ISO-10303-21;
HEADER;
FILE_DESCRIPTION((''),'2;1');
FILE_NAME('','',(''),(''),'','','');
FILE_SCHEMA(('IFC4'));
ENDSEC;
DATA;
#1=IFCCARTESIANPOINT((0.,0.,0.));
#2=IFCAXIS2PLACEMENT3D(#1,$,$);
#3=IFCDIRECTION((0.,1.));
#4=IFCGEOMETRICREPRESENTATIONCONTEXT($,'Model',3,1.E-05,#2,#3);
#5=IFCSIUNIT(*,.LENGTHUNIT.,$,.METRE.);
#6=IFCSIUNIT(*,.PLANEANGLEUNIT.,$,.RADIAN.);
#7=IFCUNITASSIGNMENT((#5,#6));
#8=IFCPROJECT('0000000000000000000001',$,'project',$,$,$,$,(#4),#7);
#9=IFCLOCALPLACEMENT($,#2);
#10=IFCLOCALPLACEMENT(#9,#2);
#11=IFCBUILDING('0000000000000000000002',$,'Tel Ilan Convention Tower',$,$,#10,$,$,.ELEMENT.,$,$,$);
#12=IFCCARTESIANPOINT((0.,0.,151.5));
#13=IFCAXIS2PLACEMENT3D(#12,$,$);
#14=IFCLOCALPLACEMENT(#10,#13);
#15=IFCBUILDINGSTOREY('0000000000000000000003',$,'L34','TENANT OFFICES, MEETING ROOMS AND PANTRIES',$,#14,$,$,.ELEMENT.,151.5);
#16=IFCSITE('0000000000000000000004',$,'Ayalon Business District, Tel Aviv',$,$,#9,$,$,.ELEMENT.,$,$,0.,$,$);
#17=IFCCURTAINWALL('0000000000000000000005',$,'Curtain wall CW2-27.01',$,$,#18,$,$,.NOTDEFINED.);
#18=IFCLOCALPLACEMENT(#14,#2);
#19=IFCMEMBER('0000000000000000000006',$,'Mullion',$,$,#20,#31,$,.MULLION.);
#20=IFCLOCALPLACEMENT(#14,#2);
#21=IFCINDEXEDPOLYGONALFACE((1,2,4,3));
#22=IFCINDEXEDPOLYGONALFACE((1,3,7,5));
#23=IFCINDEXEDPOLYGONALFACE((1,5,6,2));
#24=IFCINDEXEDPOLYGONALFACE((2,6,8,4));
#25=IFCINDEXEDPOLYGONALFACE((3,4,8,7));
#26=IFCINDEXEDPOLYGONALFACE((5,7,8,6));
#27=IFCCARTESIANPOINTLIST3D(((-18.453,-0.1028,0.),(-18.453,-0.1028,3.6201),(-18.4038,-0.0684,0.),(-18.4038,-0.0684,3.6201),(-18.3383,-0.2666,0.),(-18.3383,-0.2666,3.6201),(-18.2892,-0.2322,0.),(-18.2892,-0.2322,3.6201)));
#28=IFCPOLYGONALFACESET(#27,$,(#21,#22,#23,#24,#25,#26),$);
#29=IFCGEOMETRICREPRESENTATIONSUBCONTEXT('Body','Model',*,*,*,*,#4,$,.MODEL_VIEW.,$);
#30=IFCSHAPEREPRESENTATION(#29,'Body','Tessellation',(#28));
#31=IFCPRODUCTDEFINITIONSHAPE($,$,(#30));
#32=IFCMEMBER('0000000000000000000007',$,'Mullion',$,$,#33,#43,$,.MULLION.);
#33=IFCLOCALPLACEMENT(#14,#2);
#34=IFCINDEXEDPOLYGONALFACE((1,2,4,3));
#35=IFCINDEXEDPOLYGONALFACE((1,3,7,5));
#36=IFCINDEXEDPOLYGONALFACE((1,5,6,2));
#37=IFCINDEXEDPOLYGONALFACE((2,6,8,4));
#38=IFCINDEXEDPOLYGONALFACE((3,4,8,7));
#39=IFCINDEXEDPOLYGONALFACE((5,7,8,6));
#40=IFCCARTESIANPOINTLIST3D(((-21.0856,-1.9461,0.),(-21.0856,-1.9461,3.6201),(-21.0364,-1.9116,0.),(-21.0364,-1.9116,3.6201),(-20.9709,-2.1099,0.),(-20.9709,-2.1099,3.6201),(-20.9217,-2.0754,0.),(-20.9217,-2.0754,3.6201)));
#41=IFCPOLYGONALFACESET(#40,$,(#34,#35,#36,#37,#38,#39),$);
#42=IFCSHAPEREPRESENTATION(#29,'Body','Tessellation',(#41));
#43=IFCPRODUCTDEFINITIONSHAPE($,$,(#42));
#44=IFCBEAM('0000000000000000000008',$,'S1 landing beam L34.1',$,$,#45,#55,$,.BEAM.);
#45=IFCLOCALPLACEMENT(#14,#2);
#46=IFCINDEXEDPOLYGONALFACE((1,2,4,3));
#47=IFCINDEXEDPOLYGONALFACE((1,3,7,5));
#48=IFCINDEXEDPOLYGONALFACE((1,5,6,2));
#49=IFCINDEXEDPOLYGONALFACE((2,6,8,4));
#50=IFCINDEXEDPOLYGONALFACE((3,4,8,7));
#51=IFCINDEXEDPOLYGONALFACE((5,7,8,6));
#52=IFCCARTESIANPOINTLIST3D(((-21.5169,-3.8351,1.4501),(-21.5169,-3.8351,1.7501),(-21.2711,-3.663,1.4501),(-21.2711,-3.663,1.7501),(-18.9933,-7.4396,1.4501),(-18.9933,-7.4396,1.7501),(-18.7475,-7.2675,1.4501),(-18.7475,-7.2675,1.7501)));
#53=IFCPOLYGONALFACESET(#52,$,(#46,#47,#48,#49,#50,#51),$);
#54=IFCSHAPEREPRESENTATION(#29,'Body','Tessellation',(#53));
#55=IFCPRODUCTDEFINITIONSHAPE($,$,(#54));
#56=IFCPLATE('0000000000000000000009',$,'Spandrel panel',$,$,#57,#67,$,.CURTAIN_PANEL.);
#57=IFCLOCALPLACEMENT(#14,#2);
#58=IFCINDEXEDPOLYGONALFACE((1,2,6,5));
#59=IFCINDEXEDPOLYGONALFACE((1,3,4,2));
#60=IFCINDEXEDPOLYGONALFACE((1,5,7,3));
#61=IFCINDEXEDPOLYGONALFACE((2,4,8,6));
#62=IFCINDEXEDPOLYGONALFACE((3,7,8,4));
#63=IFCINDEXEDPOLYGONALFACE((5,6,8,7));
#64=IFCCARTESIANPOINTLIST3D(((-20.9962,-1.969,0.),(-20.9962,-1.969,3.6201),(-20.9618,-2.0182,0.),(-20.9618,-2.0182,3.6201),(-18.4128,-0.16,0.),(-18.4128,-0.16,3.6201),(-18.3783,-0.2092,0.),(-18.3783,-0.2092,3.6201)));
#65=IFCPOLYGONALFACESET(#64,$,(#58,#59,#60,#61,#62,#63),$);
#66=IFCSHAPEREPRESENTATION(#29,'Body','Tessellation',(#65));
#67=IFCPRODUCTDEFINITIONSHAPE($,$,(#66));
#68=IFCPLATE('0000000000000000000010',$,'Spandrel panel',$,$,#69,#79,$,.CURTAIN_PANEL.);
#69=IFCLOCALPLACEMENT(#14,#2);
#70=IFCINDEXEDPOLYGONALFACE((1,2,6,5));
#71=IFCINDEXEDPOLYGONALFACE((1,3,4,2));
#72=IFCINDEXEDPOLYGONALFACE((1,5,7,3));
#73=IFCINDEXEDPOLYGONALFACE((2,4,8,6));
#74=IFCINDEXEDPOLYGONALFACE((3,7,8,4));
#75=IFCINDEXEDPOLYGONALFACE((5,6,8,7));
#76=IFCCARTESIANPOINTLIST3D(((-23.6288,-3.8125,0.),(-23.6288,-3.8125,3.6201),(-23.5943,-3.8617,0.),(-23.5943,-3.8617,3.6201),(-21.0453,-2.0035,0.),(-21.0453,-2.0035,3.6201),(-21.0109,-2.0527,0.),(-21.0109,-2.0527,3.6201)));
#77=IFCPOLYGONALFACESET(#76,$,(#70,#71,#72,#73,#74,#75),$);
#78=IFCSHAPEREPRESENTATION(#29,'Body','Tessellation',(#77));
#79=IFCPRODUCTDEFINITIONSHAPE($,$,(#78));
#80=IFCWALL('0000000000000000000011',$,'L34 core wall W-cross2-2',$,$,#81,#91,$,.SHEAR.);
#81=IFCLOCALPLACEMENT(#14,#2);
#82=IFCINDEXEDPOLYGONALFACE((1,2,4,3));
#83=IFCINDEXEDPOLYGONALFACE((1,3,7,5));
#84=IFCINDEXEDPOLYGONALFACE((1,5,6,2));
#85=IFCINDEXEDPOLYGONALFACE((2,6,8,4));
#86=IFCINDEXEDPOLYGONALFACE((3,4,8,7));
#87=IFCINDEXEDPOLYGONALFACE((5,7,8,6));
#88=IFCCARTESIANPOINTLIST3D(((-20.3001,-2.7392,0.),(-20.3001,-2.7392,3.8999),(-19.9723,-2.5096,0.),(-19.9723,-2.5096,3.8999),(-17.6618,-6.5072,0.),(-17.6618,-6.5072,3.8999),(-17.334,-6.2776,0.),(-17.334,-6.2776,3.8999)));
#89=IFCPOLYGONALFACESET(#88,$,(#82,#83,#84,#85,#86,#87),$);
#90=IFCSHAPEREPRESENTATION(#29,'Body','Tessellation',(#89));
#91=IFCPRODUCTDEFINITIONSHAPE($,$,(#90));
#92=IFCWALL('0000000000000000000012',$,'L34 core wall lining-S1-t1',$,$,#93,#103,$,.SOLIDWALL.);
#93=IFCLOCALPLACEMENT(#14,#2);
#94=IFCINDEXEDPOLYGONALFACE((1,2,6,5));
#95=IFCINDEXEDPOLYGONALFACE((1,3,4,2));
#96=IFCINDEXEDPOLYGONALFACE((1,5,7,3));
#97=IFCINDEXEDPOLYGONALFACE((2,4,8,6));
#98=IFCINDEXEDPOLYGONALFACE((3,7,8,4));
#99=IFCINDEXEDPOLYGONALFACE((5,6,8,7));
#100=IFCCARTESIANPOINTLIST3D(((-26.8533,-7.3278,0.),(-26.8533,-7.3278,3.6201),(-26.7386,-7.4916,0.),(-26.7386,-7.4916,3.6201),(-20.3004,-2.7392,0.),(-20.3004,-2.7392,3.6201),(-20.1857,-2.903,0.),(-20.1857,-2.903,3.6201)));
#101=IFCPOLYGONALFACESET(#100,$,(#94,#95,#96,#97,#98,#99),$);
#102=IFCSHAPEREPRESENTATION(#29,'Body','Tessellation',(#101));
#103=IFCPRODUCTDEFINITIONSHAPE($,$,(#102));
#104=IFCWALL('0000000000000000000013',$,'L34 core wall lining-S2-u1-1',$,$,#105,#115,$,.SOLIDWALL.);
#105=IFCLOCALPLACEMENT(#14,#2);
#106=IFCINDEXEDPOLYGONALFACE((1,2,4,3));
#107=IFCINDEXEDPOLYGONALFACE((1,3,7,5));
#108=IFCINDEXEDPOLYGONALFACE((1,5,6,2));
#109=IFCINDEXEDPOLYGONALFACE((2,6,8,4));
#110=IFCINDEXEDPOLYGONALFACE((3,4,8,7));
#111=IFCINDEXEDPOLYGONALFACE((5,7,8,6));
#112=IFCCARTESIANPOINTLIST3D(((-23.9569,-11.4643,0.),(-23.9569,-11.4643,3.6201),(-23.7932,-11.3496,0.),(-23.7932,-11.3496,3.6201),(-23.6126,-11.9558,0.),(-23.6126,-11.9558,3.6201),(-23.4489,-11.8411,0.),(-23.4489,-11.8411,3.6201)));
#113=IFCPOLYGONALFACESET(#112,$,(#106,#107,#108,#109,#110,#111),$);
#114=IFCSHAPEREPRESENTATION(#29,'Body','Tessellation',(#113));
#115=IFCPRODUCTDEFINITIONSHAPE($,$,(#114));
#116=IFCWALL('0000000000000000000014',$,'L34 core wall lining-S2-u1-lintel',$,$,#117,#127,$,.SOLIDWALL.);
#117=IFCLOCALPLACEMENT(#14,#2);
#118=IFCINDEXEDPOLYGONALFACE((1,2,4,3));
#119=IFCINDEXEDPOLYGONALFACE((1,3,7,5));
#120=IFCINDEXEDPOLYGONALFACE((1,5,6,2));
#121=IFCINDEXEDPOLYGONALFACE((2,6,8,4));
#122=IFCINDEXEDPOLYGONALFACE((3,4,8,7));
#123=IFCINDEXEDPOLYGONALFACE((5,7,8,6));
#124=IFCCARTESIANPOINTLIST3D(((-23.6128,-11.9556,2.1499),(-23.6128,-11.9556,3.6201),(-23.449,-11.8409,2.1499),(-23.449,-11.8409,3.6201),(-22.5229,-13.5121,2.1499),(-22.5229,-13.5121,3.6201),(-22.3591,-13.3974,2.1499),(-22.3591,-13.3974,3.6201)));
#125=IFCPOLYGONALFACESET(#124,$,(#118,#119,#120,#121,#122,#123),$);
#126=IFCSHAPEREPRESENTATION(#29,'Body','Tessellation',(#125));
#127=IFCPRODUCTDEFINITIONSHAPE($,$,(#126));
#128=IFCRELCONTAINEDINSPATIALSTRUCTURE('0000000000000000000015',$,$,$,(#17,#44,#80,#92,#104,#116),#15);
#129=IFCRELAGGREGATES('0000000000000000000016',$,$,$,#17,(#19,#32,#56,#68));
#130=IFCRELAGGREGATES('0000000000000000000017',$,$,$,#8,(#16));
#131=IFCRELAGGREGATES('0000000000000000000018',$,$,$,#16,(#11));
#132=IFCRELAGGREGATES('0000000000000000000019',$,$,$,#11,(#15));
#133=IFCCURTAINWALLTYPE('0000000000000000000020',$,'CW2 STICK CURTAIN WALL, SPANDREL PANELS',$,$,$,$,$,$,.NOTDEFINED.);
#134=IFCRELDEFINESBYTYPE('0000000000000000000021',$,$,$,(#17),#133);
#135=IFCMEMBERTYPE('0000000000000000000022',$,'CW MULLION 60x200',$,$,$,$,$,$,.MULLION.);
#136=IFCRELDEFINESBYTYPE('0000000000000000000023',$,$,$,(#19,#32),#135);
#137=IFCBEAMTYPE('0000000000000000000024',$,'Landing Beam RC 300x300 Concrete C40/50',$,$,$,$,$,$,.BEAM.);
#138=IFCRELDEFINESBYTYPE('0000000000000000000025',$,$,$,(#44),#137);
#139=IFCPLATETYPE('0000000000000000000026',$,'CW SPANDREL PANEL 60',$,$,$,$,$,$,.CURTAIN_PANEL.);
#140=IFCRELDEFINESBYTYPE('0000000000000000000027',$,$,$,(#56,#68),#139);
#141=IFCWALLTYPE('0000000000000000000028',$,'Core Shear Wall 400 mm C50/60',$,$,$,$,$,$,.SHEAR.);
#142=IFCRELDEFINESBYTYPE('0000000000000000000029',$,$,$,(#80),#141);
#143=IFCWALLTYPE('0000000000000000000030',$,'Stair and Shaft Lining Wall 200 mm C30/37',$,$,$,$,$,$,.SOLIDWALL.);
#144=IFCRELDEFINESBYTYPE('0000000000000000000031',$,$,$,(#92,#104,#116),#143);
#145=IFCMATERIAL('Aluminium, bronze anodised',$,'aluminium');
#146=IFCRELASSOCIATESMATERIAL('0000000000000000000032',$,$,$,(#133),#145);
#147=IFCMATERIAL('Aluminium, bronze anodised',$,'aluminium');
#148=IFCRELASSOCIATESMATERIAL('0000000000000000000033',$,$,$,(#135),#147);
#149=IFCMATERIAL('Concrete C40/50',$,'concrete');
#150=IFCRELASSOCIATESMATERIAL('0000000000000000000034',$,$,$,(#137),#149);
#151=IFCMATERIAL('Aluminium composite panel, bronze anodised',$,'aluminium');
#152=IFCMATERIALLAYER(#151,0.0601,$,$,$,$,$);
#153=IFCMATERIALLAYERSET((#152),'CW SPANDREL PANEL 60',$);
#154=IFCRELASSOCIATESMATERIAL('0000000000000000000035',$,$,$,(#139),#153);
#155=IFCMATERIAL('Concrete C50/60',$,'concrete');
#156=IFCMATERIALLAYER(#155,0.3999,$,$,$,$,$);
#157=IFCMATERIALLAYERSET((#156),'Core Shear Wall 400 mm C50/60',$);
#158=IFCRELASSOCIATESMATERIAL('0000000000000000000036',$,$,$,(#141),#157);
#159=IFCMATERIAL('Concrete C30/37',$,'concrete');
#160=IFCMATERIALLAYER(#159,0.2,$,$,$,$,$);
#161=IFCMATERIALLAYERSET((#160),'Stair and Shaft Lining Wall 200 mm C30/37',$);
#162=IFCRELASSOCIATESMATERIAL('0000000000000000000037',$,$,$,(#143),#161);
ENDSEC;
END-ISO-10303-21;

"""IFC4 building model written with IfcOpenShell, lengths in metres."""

from ifc_helpers import new_model, si_unit, direction, frame, frame_2d, origin, origin_2d, place, context, subcontext, project, spatial, polyline, rectangle, outline, extrude, material, layer, layer_set, material_profile, profile_set, type_object, element, aggregate, save


model = new_model("IFC4")

# Units and contexts
model_context = context("Model", 3, precision=1e-05, world=origin(), true_north=direction((0.0, 1.0)))
body_context = subcontext(model_context, "Body", "Model", "MODEL_VIEW")
ifc_project = project(units=[si_unit("LENGTHUNIT", "METRE"), si_unit("PLANEANGLEUNIT", "RADIAN")], contexts=[model_context])

# Site, building, storey
site_placement = place(None, origin())
site = spatial("IfcSite", under=ifc_project, at=site_placement, Name="Ayalon Business District, Tel Aviv", CompositionType="ELEMENT", RefElevation=0.0)
building_placement = place(site_placement, origin())
building = spatial("IfcBuilding", under=site, at=building_placement, Name="Tel Ilan Convention Tower", CompositionType="ELEMENT")
storey_placement = place(building_placement, frame((0.0, 0.0, 151.5)))
storey = spatial("IfcBuildingStorey", under=building, at=storey_placement, Name="L34", Description="TENANT OFFICES, MEETING ROOMS AND PANTRIES", CompositionType="ELEMENT", Elevation=151.5)

# Curtain wall, members
ifc_material_1 = material(Name="Aluminium, bronze anodised", Category="aluminium")
curtain_wall_type = type_object("IfcCurtainWallType", Name="CW2 STICK CURTAIN WALL, SPANDREL PANELS", PredefinedType="NOTDEFINED", material=ifc_material_1)
curtain_wall_placement = place(storey_placement, origin())
curtain_wall = element("IfcCurtainWall", 1, at=curtain_wall_placement, inside=storey, type_object=curtain_wall_type, Name="Curtain wall CW2-27.01", PredefinedType="NOTDEFINED")
ifc_material_2 = material(Name="Aluminium, bronze anodised", Category="aluminium")
ifc_material_profile_1 = material_profile(ifc_material_2, rectangle(XDim=0.0601, YDim=0.2, at=origin_2d()), Name="CW MULLION 60x200")
ifc_profile_set_1 = profile_set([ifc_material_profile_1], Name="Aluminium, bronze anodised")
member_type = type_object("IfcMemberType", Name="CW MULLION 60x200", PredefinedType="MULLION", material=ifc_profile_set_1)
member_1_placement = place(storey_placement, frame((-18.3711, -0.1675, 0.0), z_axis=(0.0, 0.0, 1.0), x_axis=(-0.819152, -0.573576, 0.0)))
member_1 = element("IfcMember", 2, at=member_1_placement, type_object=member_type, Name="Mullion", PredefinedType="MULLION", context=body_context, shape_type="SweptSolid", body=[
    extrude(rectangle(XDim=0.0601, YDim=0.2, at=origin_2d()), origin(), (0.0, 0.0, 1.0), 3.6201),
])
member_2_placement = place(storey_placement, frame((-21.0037, -2.0107, 0.0), z_axis=(0.0, 0.0, 1.0), x_axis=(-0.819152, -0.573576, 0.0)))
member_2 = element("IfcMember", 3, at=member_2_placement, type_object=member_type, Name="Mullion", PredefinedType="MULLION", context=body_context, shape_type="SweptSolid", body=[
    extrude(rectangle(XDim=0.0601, YDim=0.2, at=origin_2d()), origin(), (0.0, 0.0, 1.0), 3.6201),
])

# Beam
ifc_material_3 = material(Name="Concrete C40/50", Category="concrete")
ifc_material_profile_2 = material_profile(ifc_material_3, rectangle(XDim=0.3, YDim=0.3, at=origin_2d()), Name="RC 300x300")
ifc_profile_set_2 = profile_set([ifc_material_profile_2], Name="Concrete C40/50")
beam_type = type_object("IfcBeamType", Name="Landing Beam RC 300x300 Concrete C40/50", PredefinedType="BEAM", material=ifc_profile_set_2)
beam_placement = place(storey_placement, frame((-18.8704, -7.3535, 1.6001), z_axis=(-0.573544, 0.819175, 0.0), x_axis=(-0.819175, -0.573544, 0.0)))
element("IfcBeam", 4, at=beam_placement, inside=storey, type_object=beam_type, Name="S1 landing beam L34.1", PredefinedType="BEAM", context=body_context, shape_type="SweptSolid", body=[
    extrude(rectangle(XDim=0.3, YDim=0.3, at=origin_2d()), origin(), (0.0, 0.0, 1.0), 4.4001),
])

# Plates
ifc_material_4 = material(Name="Aluminium composite panel, bronze anodised", Category="aluminium")
ifc_layer_1 = layer(ifc_material_4, 0.0601)
ifc_layer_set_1 = layer_set([ifc_layer_1], Name="CW SPANDREL PANEL 60")
plate_type = type_object("IfcPlateType", Name="CW SPANDREL PANEL 60", PredefinedType="CURTAIN_PANEL", material=ifc_layer_set_1)
plate_1_placement = place(storey_placement, frame((-19.6873, -1.0891, 0.0), z_axis=(0.0, 0.0, 1.0), x_axis=(-0.819152, -0.573576, 0.0)))
plate_1 = element("IfcPlate", 5, at=plate_1_placement, type_object=plate_type, Name="Spandrel panel", PredefinedType="CURTAIN_PANEL", context=body_context, shape_type="SweptSolid", body=[
    extrude(rectangle(XDim=3.1538, YDim=0.0601, at=origin_2d()), origin(), (0.0, 0.0, 1.0), 3.6201),
])
plate_2_placement = place(storey_placement, frame((-22.3198, -2.9326, 0.0), z_axis=(0.0, 0.0, 1.0), x_axis=(-0.819152, -0.573576, 0.0)))
plate_2 = element("IfcPlate", 6, at=plate_2_placement, type_object=plate_type, Name="Spandrel panel", PredefinedType="CURTAIN_PANEL", context=body_context, shape_type="SweptSolid", body=[
    extrude(rectangle(XDim=3.1538, YDim=0.0601, at=origin_2d()), origin(), (0.0, 0.0, 1.0), 3.6201),
])
aggregate(curtain_wall, [member_1, member_2, plate_1, plate_2])

# Walls
ifc_material_5 = material(Name="Concrete C50/60", Category="concrete")
ifc_layer_2 = layer(ifc_material_5, 0.3999)
ifc_layer_set_2 = layer_set([ifc_layer_2], Name="Core Shear Wall 400 mm C50/60")
wall_type_1 = type_object("IfcWallType", Name="Core Shear Wall 400 mm C50/60", PredefinedType="SHEAR", material=ifc_layer_set_2)
wall_1_placement = place(storey_placement, frame((-17.4978, -6.3923, 0.0), z_axis=(0.0, 0.0, 1.0), x_axis=(-0.573612, 0.819127, 0.0)))
element("IfcWall", 7, at=wall_1_placement, inside=storey, type_object=wall_type_1, Name="L34 core wall W-cross2-2", PredefinedType="SHEAR", context=body_context, shape_type="SweptSolid", body=[
    extrude(outline(polyline([(4.5999, -0.2002), (4.5999, 0.2), (0.0, 0.2002), (0.0, -0.2), (4.5999, -0.2002)])), origin(), (0.0, 0.0, 1.0), 3.8999),
])
ifc_material_6 = material(Name="Concrete C30/37", Category="concrete")
ifc_layer_3 = layer(ifc_material_6, 0.2)
ifc_layer_set_3 = layer_set([ifc_layer_3], Name="Stair and Shaft Lining Wall 200 mm C30/37")
wall_type_2 = type_object("IfcWallType", Name="Stair and Shaft Lining Wall 200 mm C30/37", PredefinedType="SOLIDWALL", material=ifc_layer_set_3)
wall_2_placement = place(storey_placement, frame((-20.2429, -2.821, 0.0), z_axis=(0.0, 0.0, 1.0), x_axis=(-0.819142, -0.573591, 0.0)))
element("IfcWall", 8, at=wall_2_placement, inside=storey, type_object=wall_type_2, Name="L34 core wall lining-S1-t1", PredefinedType="SOLIDWALL", context=body_context, shape_type="SweptSolid", body=[
    extrude(rectangle(XDim=7.9998, YDim=0.2, at=frame_2d((4.0, 0.0))), origin(), (0.0, 0.0, 1.0), 3.6201),
])
wall_3_placement = place(storey_placement, frame((-23.5308, -11.8984, 0.0), z_axis=(0.0, 0.0, 1.0), x_axis=(-0.573708, 0.81906, 0.0)))
element("IfcWall", 9, at=wall_3_placement, inside=storey, type_object=wall_type_2, Name="L34 core wall lining-S2-u1-1", PredefinedType="SOLIDWALL", context=body_context, shape_type="SweptSolid", body=[
    extrude(rectangle(XDim=0.6001, YDim=0.2, at=frame_2d((0.3, 0.0))), origin(), (0.0, 0.0, 1.0), 3.6201),
])
wall_4_placement = place(storey_placement, frame((-22.4409, -13.4548, 2.1499), z_axis=(0.0, 0.0, 1.0), x_axis=(-0.573592, 0.819141, 0.0)))
element("IfcWall", 10, at=wall_4_placement, inside=storey, type_object=wall_type_2, Name="L34 core wall lining-S2-u1-lintel", PredefinedType="SOLIDWALL", context=body_context, shape_type="SweptSolid", body=[
    extrude(rectangle(XDim=1.9001, YDim=0.2, at=frame_2d((0.9502, 0.0))), origin(), (0.0, 0.0, 1.0), 1.4702),
])

save(model, "model.ifc")
